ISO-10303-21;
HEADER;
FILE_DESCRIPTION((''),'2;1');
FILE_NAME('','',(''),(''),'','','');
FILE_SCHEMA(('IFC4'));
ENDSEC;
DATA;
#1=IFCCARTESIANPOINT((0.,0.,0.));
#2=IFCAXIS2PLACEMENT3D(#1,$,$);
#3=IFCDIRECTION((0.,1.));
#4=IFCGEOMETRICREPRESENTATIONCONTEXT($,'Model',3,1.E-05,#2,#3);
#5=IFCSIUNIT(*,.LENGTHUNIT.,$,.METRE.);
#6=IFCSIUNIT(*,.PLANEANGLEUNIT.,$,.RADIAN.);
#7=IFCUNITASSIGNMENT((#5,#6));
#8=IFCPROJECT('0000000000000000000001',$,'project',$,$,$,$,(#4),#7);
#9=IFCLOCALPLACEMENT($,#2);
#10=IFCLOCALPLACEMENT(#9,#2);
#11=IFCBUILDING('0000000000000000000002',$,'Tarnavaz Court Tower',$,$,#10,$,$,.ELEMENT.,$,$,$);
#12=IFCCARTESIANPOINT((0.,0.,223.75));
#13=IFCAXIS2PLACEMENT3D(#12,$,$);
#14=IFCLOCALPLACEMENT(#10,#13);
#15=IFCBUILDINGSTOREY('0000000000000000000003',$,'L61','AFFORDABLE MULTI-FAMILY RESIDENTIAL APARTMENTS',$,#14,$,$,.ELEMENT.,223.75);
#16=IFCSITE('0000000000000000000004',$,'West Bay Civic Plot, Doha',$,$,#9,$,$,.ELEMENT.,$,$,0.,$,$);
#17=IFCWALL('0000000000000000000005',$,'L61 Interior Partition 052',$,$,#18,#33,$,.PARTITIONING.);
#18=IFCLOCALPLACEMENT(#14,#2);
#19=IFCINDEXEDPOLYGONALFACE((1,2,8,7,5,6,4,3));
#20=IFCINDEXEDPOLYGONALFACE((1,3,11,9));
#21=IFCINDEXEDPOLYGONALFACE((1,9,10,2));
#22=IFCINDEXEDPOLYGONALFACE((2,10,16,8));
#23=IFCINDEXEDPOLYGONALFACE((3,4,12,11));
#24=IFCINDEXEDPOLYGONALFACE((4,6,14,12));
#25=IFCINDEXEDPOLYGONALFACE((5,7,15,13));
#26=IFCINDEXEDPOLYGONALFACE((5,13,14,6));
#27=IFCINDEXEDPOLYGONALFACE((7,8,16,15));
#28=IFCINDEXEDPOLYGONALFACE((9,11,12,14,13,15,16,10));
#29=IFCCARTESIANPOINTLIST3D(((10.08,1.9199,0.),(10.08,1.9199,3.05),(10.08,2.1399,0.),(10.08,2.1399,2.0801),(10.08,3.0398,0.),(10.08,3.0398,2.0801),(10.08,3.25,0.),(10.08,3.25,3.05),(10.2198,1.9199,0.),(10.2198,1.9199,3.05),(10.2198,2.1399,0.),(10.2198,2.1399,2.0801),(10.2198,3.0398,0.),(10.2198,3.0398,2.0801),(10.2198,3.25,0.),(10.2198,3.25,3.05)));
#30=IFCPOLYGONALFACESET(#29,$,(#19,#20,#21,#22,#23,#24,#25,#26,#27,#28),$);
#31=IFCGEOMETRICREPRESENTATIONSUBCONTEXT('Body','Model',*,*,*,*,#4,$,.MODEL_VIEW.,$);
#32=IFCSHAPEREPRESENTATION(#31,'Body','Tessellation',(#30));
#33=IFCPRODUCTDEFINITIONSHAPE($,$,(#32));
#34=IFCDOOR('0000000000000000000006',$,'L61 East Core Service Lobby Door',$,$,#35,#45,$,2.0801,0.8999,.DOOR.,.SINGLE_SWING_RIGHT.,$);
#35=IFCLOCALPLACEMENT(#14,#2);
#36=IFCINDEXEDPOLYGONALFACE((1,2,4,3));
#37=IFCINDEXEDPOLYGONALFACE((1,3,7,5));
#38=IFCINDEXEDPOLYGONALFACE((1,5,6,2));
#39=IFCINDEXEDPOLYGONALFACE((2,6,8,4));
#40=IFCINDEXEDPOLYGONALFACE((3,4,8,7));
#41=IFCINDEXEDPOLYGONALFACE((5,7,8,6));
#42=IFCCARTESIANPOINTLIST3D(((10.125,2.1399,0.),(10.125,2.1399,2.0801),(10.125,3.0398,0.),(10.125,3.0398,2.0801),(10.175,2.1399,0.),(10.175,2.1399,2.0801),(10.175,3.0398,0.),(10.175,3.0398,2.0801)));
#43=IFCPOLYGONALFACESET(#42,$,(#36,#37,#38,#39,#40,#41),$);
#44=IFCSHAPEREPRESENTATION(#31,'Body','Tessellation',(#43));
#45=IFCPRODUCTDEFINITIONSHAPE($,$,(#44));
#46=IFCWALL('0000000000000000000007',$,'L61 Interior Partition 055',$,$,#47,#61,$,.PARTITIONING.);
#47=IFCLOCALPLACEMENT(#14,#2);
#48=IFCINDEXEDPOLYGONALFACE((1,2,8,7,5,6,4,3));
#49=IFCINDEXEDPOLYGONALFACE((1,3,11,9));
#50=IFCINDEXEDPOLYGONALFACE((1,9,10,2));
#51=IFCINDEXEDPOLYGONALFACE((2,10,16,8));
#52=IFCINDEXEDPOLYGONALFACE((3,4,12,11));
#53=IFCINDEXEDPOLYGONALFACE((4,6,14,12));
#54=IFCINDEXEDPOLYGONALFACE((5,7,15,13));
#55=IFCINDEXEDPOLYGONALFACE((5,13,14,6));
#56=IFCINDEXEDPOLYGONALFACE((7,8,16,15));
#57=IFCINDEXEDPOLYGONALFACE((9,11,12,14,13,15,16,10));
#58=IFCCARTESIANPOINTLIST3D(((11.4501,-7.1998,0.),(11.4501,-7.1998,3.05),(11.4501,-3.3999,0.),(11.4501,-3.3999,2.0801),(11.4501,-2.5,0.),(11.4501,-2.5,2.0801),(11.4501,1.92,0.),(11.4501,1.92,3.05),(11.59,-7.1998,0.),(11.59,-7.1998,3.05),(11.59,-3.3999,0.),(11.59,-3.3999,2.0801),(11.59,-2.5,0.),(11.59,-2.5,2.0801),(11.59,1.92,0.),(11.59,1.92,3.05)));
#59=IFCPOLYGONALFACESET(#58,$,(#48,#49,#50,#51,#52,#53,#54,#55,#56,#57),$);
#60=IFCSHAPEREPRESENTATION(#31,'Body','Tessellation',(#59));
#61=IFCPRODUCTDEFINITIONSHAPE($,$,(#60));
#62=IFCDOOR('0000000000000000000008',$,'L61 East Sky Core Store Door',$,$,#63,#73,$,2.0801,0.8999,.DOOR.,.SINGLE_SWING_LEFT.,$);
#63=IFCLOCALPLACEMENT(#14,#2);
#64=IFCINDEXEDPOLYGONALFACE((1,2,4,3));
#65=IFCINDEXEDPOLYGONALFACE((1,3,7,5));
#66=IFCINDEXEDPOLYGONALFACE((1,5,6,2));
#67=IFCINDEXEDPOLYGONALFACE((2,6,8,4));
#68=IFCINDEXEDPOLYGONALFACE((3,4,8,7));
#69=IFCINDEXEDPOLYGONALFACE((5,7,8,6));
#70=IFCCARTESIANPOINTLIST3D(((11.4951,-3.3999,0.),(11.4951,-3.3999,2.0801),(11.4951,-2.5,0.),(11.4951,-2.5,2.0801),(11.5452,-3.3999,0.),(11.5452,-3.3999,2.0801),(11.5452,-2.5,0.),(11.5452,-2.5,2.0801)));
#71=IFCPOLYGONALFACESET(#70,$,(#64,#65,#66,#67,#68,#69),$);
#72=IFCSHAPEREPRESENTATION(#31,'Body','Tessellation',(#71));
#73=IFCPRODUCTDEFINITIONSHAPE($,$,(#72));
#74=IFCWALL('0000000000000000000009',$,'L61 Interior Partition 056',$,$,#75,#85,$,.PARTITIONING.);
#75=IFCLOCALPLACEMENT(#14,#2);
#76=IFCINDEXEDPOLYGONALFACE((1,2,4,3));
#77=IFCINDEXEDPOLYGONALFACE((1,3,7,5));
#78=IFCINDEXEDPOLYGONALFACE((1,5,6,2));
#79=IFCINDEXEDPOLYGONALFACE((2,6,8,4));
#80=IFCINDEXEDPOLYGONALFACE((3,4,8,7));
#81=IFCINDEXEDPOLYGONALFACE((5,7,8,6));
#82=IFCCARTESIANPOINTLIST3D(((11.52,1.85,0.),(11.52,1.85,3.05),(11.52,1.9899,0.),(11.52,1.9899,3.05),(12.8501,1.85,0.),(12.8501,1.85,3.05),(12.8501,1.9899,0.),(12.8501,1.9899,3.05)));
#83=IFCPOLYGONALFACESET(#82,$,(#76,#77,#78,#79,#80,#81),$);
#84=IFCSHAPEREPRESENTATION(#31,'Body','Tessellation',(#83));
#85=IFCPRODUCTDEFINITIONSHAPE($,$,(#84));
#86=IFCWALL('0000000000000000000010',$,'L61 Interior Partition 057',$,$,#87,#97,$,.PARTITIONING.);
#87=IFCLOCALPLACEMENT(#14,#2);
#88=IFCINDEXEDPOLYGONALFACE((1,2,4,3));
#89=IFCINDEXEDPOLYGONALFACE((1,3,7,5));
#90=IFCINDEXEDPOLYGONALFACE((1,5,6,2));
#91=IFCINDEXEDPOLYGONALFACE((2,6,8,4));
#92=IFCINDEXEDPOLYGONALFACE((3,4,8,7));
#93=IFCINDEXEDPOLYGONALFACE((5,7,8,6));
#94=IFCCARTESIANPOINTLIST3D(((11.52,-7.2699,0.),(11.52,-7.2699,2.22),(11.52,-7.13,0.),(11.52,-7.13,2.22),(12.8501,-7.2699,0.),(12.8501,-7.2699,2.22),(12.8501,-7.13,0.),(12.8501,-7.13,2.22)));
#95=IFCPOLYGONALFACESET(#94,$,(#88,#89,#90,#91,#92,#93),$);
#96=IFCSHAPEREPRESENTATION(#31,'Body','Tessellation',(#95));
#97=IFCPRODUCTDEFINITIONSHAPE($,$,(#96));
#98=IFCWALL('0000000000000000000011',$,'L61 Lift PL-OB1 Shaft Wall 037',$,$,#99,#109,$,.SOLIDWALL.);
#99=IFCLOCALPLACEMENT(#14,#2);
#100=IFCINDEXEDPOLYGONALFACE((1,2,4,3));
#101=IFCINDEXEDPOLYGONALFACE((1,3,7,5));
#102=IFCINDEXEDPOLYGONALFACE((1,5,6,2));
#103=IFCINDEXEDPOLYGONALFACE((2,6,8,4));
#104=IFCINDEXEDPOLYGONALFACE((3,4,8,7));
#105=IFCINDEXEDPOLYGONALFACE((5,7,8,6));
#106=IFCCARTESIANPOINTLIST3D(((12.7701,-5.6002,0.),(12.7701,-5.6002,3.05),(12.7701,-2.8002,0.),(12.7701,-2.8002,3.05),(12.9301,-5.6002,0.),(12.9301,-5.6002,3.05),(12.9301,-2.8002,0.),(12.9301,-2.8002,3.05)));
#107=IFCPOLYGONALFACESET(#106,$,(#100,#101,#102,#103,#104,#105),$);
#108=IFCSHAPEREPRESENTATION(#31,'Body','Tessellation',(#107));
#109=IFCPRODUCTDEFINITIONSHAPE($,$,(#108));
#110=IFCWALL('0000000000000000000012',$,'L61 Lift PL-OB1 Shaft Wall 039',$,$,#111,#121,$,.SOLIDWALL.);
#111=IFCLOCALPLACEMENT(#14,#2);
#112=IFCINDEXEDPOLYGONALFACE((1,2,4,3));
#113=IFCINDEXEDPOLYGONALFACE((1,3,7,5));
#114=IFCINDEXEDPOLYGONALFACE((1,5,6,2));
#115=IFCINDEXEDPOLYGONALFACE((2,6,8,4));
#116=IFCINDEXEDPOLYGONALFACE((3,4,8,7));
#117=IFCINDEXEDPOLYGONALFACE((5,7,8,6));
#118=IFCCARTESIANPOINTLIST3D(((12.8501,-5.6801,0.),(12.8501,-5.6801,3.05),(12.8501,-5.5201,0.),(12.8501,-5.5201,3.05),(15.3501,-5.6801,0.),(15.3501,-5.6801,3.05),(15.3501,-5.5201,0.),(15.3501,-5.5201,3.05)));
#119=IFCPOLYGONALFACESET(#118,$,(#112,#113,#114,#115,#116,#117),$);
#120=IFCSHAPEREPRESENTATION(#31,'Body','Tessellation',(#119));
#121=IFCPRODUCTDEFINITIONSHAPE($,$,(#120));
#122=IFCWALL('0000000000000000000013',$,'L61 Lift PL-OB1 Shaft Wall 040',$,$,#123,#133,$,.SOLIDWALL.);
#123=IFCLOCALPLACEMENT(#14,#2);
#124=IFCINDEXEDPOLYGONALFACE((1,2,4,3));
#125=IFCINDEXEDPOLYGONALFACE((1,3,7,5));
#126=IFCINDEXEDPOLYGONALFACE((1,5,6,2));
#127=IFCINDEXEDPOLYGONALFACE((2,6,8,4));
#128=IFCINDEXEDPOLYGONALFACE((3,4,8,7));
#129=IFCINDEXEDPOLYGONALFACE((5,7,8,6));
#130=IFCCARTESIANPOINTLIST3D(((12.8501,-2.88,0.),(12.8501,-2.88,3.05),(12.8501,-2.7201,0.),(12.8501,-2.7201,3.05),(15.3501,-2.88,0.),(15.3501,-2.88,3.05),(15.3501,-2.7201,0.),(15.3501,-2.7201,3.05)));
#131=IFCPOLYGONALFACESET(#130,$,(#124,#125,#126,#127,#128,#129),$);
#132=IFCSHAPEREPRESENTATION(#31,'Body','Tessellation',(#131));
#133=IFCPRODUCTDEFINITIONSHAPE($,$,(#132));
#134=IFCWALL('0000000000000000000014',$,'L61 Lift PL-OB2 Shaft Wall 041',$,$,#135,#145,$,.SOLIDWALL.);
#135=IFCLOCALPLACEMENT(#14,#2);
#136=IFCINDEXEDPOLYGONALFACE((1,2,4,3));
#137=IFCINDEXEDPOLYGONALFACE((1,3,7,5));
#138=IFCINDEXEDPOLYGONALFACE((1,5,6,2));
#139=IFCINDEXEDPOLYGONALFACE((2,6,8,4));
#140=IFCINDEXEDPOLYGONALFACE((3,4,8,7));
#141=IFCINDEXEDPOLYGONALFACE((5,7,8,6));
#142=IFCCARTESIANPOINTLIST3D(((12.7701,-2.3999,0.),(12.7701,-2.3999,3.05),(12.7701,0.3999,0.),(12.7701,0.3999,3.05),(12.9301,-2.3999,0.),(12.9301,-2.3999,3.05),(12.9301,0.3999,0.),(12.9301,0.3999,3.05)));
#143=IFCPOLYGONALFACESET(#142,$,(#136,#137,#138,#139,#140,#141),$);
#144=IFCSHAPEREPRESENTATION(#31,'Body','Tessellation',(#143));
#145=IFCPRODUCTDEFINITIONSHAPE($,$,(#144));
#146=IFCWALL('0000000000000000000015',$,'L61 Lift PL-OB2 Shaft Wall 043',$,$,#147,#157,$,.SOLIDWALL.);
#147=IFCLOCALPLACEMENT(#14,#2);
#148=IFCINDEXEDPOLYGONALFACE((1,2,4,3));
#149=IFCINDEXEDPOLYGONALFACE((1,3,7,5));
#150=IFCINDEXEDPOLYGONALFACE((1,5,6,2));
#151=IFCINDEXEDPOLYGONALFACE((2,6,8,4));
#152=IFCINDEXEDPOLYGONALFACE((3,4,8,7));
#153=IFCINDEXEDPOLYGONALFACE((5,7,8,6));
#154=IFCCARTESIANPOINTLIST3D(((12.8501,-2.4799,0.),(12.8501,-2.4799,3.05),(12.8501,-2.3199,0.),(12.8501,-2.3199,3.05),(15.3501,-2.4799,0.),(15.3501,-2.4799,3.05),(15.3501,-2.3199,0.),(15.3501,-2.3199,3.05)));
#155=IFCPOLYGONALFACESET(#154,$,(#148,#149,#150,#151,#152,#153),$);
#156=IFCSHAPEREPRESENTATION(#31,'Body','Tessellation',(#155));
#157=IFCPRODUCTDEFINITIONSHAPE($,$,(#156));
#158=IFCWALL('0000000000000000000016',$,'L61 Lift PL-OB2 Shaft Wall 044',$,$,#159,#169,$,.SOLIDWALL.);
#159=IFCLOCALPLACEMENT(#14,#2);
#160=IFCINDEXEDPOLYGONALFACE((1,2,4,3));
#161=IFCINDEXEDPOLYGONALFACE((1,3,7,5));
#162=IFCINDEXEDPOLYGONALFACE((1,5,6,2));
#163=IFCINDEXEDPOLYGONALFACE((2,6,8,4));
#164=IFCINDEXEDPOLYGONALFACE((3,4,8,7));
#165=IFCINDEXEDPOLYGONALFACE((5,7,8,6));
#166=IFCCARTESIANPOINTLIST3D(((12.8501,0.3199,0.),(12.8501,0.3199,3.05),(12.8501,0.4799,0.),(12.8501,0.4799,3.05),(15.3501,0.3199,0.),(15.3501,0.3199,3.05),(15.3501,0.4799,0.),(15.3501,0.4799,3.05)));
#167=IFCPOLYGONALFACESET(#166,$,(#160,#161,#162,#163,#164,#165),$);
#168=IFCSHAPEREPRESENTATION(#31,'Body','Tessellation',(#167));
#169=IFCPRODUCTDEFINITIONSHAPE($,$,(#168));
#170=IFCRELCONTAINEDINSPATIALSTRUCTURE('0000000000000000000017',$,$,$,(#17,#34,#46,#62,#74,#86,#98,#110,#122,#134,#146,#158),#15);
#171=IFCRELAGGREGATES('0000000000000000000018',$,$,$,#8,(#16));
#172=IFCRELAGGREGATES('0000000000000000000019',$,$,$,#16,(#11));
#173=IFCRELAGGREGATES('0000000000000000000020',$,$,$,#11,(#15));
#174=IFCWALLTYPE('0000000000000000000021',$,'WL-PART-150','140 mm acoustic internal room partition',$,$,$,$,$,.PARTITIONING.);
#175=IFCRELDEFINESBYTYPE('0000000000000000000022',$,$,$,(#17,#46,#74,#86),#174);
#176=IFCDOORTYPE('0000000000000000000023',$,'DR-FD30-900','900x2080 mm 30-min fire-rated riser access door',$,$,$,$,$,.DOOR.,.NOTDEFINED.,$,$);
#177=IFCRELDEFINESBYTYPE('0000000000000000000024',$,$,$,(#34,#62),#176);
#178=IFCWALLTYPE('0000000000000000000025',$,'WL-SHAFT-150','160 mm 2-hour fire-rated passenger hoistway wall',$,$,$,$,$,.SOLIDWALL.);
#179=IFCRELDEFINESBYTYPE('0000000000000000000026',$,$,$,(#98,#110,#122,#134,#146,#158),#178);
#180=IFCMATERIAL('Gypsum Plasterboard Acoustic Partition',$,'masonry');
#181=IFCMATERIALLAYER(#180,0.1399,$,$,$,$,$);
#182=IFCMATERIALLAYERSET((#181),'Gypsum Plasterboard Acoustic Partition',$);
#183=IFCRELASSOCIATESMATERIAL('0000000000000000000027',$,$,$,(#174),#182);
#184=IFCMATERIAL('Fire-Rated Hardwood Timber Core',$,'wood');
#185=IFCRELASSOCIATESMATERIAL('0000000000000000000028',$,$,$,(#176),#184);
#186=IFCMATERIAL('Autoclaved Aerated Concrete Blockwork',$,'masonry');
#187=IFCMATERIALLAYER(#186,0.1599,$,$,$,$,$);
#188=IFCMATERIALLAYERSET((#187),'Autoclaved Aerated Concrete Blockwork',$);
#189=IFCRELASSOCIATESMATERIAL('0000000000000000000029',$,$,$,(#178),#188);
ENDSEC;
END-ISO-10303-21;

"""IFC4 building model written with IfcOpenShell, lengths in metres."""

from ifc_helpers import new_model, si_unit, direction, frame, frame_2d, origin, place, context, subcontext, project, spatial, rectangle, extrude, material, layer, layer_set, type_object, element, fill, save


model = new_model("IFC4")

# Units and contexts
model_context = context("Model", 3, precision=1e-05, world=origin(), true_north=direction((0.0, 1.0)))
body_context = subcontext(model_context, "Body", "Model", "MODEL_VIEW")
ifc_project = project(units=[si_unit("LENGTHUNIT", "METRE"), si_unit("PLANEANGLEUNIT", "RADIAN")], contexts=[model_context])

# Site, building, storey
site_placement = place(None, origin())
site = spatial("IfcSite", under=ifc_project, at=site_placement, Name="West Bay Civic Plot, Doha", CompositionType="ELEMENT", RefElevation=0.0)
building_placement = place(site_placement, origin())
building = spatial("IfcBuilding", under=site, at=building_placement, Name="Tarnavaz Court Tower", CompositionType="ELEMENT")
storey_placement = place(building_placement, frame((0.0, 0.0, 223.75)))
storey = spatial("IfcBuildingStorey", under=building, at=storey_placement, Name="L61", Description="AFFORDABLE MULTI-FAMILY RESIDENTIAL APARTMENTS", CompositionType="ELEMENT", Elevation=223.75)

# Shared definitions
ifc_material_1 = material(Name="Autoclaved Aerated Concrete Blockwork", Category="masonry")

# Shared definitions
ifc_material_2 = material(Name="Fire-Rated Hardwood Timber Core", Category="wood")

# Shared definitions
ifc_material_3 = material(Name="Gypsum Plasterboard Acoustic Partition", Category="masonry")
ifc_layer_1 = layer(ifc_material_3, 0.1399)
ifc_layer_set_1 = layer_set([ifc_layer_1], Name="Gypsum Plasterboard Acoustic Partition")
wall_type_1 = type_object("IfcWallType", Name="WL-PART-150", Description="140 mm acoustic internal room partition", PredefinedType="PARTITIONING", material=ifc_layer_set_1)

# Walls, openings, doors
wall_1_placement = place(storey_placement, frame((10.1499, 1.9199, 0.0), z_axis=(0.0, 0.0, 1.0), x_axis=(0.0, 1.0, 0.0)))
wall_1 = element("IfcWall", 1, at=wall_1_placement, inside=storey, type_object=wall_type_1, Name="L61 Interior Partition 052", PredefinedType="PARTITIONING", context=body_context, shape_type="SweptSolid", body=[
    extrude(rectangle(XDim=1.3301, YDim=0.1399, at=frame_2d((0.665, 0.0))), origin(), (0.0, 0.0, 1.0), 3.05),
])
opening_1_placement = place(wall_1_placement, frame((0.22, 0.0, 0.0)))
opening_1 = element("IfcOpeningElement", 2, at=opening_1_placement, cuts=wall_1, PredefinedType="OPENING", context=body_context, shape_type="SweptSolid", body=[
    extrude(rectangle(XDim=0.8999, YDim=2.0801, at=frame_2d((0.45, 1.04))), frame((0.0, 0.0798, 0.0), z_axis=(0.0, -1.0, 0.0), x_axis=(1.0, 0.0, 0.0)), (0.0, 0.0, 1.0), 0.1599),
])
door_type_1 = type_object("IfcDoorType", Name="DR-FD30-900", Description="900x2080 mm 30-min fire-rated riser access door", OperationType="NOTDEFINED", PredefinedType="DOOR", material=ifc_material_2)
door_1_placement = place(opening_1_placement, origin())
door_1 = element("IfcDoor", 3, at=door_1_placement, inside=storey, type_object=door_type_1, Name="L61 East Core Service Lobby Door", OperationType="SINGLE_SWING_RIGHT", OverallHeight=2.0801, OverallWidth=0.8999, PredefinedType="DOOR", context=body_context, shape_type="SweptSolid", body=[
    extrude(rectangle(XDim=0.8999, YDim=2.0801, at=frame_2d((0.45, 1.04))), frame((0.0, 0.0249, 0.0), z_axis=(0.0, -1.0, 0.0), x_axis=(1.0, 0.0, 0.0)), (0.0, 0.0, 1.0), 0.05),
])
fill(opening_1, door_1)
wall_2_placement = place(storey_placement, frame((11.52, -7.2, 0.0), z_axis=(0.0, 0.0, 1.0), x_axis=(0.0, 1.0, 0.0)))
wall_2 = element("IfcWall", 4, at=wall_2_placement, inside=storey, type_object=wall_type_1, Name="L61 Interior Partition 055", PredefinedType="PARTITIONING", context=body_context, shape_type="SweptSolid", body=[
    extrude(rectangle(XDim=9.1199, YDim=0.1399, at=frame_2d((4.5601, 0.0))), origin(), (0.0, 0.0, 1.0), 3.05),
])
opening_2_placement = place(wall_2_placement, frame((3.8, 0.0, 0.0)))
opening_2 = element("IfcOpeningElement", 5, at=opening_2_placement, cuts=wall_2, PredefinedType="OPENING", context=body_context, shape_type="SweptSolid", body=[
    extrude(rectangle(XDim=0.8999, YDim=2.0801, at=frame_2d((0.45, 1.04))), frame((0.0, 0.0798, 0.0), z_axis=(0.0, -1.0, 0.0), x_axis=(1.0, 0.0, 0.0)), (0.0, 0.0, 1.0), 0.1599),
])
door_2_placement = place(opening_2_placement, origin())
door_2 = element("IfcDoor", 6, at=door_2_placement, inside=storey, type_object=door_type_1, Name="L61 East Sky Core Store Door", OperationType="SINGLE_SWING_LEFT", OverallHeight=2.0801, OverallWidth=0.8999, PredefinedType="DOOR", context=body_context, shape_type="SweptSolid", body=[
    extrude(rectangle(XDim=0.8999, YDim=2.0801, at=frame_2d((0.45, 1.04))), frame((0.0, 0.0249, 0.0), z_axis=(0.0, -1.0, 0.0), x_axis=(1.0, 0.0, 0.0)), (0.0, 0.0, 1.0), 0.05),
])
fill(opening_2, door_2)

# Walls
wall_3_placement = place(storey_placement, frame((11.52, 1.9199, 0.0), z_axis=(0.0, 0.0, 1.0), x_axis=(1.0, 0.0, 0.0)))
element("IfcWall", 7, at=wall_3_placement, inside=storey, type_object=wall_type_1, Name="L61 Interior Partition 056", PredefinedType="PARTITIONING", context=body_context, shape_type="SweptSolid", body=[
    extrude(rectangle(XDim=1.3301, YDim=0.1399, at=frame_2d((0.665, 0.0))), origin(), (0.0, 0.0, 1.0), 3.05),
])
wall_4_placement = place(storey_placement, frame((11.52, -7.2, 0.0), z_axis=(0.0, 0.0, 1.0), x_axis=(1.0, 0.0, 0.0)))
element("IfcWall", 8, at=wall_4_placement, inside=storey, type_object=wall_type_1, Name="L61 Interior Partition 057", PredefinedType="PARTITIONING", context=body_context, shape_type="SweptSolid", body=[
    extrude(rectangle(XDim=1.3301, YDim=0.1399, at=frame_2d((0.665, 0.0))), origin(), (0.0, 0.0, 1.0), 2.22),
])
ifc_layer_2 = layer(ifc_material_1, 0.1599)
ifc_layer_set_2 = layer_set([ifc_layer_2], Name="Autoclaved Aerated Concrete Blockwork")
wall_type_2 = type_object("IfcWallType", Name="WL-SHAFT-150", Description="160 mm 2-hour fire-rated passenger hoistway wall", PredefinedType="SOLIDWALL", material=ifc_layer_set_2)
wall_5_placement = place(storey_placement, frame((12.8501, -5.6001, 0.0), z_axis=(0.0, 0.0, 1.0), x_axis=(0.0, 1.0, 0.0)))
element("IfcWall", 9, at=wall_5_placement, inside=storey, type_object=wall_type_2, Name="L61 Lift PL-OB1 Shaft Wall 037", PredefinedType="SOLIDWALL", context=body_context, shape_type="SweptSolid", body=[
    extrude(rectangle(XDim=2.8, YDim=0.1599, at=frame_2d((1.3999, 0.0))), origin(), (0.0, 0.0, 1.0), 3.05),
])
for number, where, z_axis, x_axis, name in (
    (10, (12.8501, -5.6001, 0.0), (0.0, 0.0, 1.0), (1.0, 0.0, 0.0), "L61 Lift PL-OB1 Shaft Wall 039"),
    (11, (12.8501, -2.8, 0.0), (0.0, 0.0, 1.0), (1.0, 0.0, 0.0), "L61 Lift PL-OB1 Shaft Wall 040"),
):
    element("IfcWall", number, at=place(storey_placement, frame(where, z_axis=z_axis, x_axis=x_axis)), inside=storey, type_object=wall_type_2, Name=name, PredefinedType="SOLIDWALL", context=body_context, shape_type="SweptSolid", body=[
        extrude(rectangle(XDim=2.5, YDim=0.1599, at=frame_2d((1.25, 0.0))), origin(), (0.0, 0.0, 1.0), 3.05),
    ])
wall_6_placement = place(storey_placement, frame((12.8501, -2.3999, 0.0), z_axis=(0.0, 0.0, 1.0), x_axis=(0.0, 1.0, 0.0)))
element("IfcWall", 12, at=wall_6_placement, inside=storey, type_object=wall_type_2, Name="L61 Lift PL-OB2 Shaft Wall 041", PredefinedType="SOLIDWALL", context=body_context, shape_type="SweptSolid", body=[
    extrude(rectangle(XDim=2.7998, YDim=0.1599, at=frame_2d((1.3999, 0.0))), origin(), (0.0, 0.0, 1.0), 3.05),
])
for number, where, z_axis, x_axis, name in (
    (13, (12.8501, -2.3999, 0.0), (0.0, 0.0, 1.0), (1.0, 0.0, 0.0), "L61 Lift PL-OB2 Shaft Wall 043"),
    (14, (12.8501, 0.3999, 0.0), (0.0, 0.0, 1.0), (1.0, 0.0, 0.0), "L61 Lift PL-OB2 Shaft Wall 044"),
):
    element("IfcWall", number, at=place(storey_placement, frame(where, z_axis=z_axis, x_axis=x_axis)), inside=storey, type_object=wall_type_2, Name=name, PredefinedType="SOLIDWALL", context=body_context, shape_type="SweptSolid", body=[
        extrude(rectangle(XDim=2.5, YDim=0.1599, at=frame_2d((1.25, 0.0))), origin(), (0.0, 0.0, 1.0), 3.05),
    ])

save(model, "model.ifc")
